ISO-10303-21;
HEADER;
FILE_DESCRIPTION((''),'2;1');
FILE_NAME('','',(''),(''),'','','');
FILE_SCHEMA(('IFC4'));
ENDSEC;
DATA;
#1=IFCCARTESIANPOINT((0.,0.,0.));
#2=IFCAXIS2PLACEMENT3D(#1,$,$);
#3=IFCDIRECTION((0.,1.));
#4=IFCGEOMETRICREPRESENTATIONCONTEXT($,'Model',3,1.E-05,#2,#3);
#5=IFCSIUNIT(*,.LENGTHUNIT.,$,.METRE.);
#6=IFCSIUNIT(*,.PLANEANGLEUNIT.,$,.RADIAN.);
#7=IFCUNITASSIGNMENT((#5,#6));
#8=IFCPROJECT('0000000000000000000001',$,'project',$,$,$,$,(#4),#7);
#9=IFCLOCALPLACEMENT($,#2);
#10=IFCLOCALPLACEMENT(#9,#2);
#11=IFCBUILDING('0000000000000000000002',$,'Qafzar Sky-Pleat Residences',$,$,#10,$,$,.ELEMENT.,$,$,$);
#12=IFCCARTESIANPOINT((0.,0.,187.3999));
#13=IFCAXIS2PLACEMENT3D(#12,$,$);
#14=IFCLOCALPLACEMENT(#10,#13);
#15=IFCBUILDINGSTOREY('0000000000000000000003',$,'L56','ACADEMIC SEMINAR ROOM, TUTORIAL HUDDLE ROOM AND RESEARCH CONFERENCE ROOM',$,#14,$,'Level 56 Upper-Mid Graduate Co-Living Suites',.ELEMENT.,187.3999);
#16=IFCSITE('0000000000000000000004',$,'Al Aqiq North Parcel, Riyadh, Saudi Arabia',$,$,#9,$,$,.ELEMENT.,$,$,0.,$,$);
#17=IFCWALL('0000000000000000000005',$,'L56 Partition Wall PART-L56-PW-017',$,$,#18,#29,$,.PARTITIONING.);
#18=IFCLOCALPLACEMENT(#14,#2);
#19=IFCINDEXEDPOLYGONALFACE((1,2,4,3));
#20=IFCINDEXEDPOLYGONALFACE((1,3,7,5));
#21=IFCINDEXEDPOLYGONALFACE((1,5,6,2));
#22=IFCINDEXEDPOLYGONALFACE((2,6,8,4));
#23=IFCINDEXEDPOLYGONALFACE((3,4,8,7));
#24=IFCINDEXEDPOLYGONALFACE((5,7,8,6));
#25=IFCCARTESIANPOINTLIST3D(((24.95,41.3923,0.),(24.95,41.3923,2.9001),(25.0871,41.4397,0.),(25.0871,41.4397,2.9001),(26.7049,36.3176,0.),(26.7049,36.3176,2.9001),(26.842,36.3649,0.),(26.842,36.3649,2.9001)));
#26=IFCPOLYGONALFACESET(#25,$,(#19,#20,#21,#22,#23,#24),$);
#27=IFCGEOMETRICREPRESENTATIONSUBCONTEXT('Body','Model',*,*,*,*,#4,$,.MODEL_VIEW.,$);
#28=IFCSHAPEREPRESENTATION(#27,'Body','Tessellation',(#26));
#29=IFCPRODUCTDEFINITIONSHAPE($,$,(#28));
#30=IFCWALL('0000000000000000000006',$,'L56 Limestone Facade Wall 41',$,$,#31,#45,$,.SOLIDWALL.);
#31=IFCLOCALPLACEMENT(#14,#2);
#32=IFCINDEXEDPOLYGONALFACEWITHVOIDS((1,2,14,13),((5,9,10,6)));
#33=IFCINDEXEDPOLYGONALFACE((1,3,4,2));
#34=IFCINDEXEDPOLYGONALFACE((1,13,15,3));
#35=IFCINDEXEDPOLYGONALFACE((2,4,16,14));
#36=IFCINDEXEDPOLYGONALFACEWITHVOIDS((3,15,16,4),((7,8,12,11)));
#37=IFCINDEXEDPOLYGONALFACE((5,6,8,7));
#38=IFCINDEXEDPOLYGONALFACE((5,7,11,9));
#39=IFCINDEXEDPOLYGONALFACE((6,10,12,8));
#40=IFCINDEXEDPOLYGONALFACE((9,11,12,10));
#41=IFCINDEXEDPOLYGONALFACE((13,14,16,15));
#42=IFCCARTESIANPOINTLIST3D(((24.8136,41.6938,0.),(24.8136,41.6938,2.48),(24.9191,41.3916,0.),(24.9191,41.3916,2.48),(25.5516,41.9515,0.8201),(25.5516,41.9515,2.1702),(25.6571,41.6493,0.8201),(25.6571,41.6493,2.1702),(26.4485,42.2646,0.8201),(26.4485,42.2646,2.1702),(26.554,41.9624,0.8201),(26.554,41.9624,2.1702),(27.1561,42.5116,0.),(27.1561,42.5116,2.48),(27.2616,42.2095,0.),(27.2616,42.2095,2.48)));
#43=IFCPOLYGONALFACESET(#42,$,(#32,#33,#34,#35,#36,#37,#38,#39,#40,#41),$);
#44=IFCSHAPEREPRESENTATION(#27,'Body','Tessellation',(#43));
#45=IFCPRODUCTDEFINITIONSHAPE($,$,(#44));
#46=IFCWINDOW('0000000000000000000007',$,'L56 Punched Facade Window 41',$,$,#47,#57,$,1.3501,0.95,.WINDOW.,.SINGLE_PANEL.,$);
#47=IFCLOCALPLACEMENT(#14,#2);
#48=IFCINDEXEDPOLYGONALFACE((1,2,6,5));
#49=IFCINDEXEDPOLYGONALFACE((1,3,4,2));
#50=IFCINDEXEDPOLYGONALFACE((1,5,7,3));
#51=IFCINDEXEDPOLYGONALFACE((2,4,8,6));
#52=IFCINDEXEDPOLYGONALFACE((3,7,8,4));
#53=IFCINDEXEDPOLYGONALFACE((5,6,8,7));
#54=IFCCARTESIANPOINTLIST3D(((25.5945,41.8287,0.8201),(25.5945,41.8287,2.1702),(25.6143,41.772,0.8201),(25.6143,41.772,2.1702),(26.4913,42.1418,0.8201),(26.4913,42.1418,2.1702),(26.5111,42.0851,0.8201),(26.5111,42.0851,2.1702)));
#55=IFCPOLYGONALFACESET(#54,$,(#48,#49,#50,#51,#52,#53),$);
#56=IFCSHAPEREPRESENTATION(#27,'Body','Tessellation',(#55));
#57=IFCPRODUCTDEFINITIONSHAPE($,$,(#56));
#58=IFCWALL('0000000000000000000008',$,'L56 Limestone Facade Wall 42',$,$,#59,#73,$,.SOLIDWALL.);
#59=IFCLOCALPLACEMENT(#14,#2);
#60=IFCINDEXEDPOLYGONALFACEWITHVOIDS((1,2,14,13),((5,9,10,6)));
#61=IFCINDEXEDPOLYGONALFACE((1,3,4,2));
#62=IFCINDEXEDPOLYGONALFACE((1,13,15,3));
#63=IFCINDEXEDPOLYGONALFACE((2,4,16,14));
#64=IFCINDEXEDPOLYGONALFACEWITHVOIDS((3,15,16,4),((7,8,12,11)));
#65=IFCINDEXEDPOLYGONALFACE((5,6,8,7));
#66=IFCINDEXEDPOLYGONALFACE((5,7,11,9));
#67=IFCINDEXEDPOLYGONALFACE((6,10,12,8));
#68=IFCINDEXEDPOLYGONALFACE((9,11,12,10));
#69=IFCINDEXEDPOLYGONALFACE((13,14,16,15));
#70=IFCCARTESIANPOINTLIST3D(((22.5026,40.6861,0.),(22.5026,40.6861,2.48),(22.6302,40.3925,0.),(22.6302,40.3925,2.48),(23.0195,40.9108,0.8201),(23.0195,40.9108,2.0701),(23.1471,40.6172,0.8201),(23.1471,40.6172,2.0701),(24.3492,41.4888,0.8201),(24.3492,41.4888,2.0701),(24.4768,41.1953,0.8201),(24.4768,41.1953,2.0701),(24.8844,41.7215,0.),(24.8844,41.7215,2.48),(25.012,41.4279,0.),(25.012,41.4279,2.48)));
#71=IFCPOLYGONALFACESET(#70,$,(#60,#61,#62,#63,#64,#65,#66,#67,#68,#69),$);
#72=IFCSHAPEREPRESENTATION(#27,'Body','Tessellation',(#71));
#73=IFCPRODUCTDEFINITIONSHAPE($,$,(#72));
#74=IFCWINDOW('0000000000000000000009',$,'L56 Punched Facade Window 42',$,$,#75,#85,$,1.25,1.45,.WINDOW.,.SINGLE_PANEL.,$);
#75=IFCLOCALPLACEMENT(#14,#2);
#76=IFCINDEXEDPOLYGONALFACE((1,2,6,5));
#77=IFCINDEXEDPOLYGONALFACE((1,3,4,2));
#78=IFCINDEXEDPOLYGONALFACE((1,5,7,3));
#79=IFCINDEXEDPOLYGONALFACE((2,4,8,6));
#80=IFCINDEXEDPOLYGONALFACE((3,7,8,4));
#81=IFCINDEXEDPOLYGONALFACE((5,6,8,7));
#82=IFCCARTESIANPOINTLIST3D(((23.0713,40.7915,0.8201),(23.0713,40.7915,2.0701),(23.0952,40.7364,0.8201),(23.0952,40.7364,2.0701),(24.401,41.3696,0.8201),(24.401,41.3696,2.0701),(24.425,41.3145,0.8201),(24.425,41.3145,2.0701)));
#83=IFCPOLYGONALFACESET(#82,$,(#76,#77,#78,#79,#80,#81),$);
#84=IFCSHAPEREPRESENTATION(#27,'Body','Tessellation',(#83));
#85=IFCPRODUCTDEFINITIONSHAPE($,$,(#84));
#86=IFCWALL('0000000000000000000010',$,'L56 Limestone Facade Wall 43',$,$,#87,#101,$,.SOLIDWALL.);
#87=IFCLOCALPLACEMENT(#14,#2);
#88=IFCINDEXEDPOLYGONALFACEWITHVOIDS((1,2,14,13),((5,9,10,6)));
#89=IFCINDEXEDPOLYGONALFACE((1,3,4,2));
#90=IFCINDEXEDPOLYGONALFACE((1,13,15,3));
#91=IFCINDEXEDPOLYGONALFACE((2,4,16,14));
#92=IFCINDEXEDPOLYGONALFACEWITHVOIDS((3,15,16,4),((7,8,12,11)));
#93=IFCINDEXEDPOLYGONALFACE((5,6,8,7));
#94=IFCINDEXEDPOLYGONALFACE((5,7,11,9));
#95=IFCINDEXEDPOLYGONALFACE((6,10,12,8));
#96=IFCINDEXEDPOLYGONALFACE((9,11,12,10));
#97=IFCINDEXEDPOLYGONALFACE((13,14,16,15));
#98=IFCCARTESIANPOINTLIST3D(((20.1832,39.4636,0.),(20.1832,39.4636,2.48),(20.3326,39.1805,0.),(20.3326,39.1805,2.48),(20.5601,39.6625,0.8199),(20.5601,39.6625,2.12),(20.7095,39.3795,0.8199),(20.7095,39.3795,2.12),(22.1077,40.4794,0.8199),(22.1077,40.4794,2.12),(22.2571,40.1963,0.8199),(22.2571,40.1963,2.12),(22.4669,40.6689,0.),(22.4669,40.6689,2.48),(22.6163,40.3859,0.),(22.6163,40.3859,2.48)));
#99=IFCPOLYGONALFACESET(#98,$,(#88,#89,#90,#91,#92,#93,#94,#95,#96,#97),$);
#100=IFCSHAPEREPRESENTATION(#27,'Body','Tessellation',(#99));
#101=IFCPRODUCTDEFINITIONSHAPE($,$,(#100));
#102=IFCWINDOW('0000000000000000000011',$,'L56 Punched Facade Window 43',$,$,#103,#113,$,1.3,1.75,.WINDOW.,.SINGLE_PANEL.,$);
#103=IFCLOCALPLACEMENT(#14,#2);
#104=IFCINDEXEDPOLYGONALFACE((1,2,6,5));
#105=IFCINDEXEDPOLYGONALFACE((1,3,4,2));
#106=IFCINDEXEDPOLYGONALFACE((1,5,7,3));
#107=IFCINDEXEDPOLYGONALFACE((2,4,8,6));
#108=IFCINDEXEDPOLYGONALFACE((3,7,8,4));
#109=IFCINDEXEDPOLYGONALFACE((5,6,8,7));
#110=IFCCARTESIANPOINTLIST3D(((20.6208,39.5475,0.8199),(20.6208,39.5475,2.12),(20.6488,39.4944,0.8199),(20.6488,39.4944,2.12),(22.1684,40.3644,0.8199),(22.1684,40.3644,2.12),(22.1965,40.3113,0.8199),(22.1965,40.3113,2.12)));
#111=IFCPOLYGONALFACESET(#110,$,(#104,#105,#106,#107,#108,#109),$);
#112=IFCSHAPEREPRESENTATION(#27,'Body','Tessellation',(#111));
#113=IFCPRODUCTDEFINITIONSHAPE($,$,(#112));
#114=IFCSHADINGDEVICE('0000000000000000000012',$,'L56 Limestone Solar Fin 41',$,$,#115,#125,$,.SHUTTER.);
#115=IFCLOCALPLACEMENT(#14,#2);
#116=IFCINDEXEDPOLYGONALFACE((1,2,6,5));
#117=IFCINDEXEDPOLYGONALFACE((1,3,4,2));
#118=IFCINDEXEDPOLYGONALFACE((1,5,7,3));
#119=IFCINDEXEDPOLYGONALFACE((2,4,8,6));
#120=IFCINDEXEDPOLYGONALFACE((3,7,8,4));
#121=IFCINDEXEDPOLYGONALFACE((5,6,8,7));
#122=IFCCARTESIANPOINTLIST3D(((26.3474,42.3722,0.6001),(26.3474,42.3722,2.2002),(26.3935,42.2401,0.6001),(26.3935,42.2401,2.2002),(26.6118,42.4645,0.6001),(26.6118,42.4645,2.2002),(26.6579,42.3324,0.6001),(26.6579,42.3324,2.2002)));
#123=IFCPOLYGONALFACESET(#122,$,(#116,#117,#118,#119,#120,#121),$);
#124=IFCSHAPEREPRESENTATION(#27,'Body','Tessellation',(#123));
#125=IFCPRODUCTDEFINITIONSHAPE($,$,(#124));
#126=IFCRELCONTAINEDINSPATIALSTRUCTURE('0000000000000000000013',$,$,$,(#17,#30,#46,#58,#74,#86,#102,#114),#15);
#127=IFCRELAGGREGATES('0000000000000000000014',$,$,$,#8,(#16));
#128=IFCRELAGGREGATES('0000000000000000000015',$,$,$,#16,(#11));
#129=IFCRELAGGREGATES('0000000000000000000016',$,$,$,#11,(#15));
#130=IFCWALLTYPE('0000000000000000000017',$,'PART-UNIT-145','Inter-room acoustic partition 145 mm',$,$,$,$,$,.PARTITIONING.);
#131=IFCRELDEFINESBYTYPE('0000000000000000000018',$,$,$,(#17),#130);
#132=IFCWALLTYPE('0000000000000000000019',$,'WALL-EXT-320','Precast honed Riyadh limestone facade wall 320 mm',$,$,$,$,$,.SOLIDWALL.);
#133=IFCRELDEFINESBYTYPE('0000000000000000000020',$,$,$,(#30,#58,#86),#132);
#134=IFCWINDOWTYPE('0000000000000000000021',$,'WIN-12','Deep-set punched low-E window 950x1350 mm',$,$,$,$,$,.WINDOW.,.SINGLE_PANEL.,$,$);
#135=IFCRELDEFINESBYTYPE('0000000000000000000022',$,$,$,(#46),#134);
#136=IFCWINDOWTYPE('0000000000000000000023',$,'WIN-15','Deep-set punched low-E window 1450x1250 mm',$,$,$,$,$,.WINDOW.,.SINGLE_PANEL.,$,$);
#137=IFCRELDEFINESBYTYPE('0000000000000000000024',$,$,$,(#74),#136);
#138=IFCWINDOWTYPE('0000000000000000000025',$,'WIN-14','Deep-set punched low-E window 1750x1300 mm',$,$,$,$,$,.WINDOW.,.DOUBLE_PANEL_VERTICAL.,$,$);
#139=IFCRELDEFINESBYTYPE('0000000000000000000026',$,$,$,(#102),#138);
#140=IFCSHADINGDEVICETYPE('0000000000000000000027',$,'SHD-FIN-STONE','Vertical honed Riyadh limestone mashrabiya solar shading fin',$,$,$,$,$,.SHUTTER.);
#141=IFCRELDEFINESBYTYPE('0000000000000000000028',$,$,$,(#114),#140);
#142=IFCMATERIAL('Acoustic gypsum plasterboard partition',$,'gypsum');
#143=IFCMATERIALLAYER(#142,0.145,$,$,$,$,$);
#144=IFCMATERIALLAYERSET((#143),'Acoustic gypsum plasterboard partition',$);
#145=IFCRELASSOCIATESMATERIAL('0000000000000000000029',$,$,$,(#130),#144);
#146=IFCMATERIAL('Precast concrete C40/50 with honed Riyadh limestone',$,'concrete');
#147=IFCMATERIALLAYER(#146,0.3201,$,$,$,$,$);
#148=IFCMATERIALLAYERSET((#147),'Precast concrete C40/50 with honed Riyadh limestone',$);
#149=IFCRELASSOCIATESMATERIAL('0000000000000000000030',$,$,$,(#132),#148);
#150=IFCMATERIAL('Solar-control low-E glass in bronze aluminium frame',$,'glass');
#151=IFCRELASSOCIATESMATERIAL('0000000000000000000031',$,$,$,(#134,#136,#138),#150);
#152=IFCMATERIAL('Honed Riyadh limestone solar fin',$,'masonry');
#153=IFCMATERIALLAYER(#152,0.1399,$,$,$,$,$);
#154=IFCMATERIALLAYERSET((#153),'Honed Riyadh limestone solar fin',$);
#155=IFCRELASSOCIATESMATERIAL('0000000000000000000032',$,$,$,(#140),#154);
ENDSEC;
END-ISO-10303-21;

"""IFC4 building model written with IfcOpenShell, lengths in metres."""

from ifc_helpers import new_model, si_unit, direction, frame, frame_2d, origin, origin_2d, place, context, subcontext, project, spatial, rectangle, extrude, source, transform, mapped, material, layer, layer_set, type_object, element, fill, save


model = new_model("IFC4")

# Units and contexts
model_context = context("Model", 3, precision=1e-05, world=origin(), true_north=direction((0.0, 1.0)))
body_context = subcontext(model_context, "Body", "Model", "MODEL_VIEW")
ifc_project = project(units=[si_unit("LENGTHUNIT", "METRE"), si_unit("PLANEANGLEUNIT", "RADIAN")], contexts=[model_context])

# Site, building, storey
site_placement = place(None, origin())
site = spatial("IfcSite", under=ifc_project, at=site_placement, Name="Al Aqiq North Parcel, Riyadh, Saudi Arabia", CompositionType="ELEMENT", RefElevation=0.0)
building_placement = place(site_placement, origin())
building = spatial("IfcBuilding", under=site, at=building_placement, Name="Qafzar Sky-Pleat Residences", CompositionType="ELEMENT")
storey_placement = place(building_placement, frame((0.0, 0.0, 187.3999)))
storey = spatial("IfcBuildingStorey", under=building, at=storey_placement, Name="L56", Description="ACADEMIC SEMINAR ROOM, TUTORIAL HUDDLE ROOM AND RESEARCH CONFERENCE ROOM", LongName="Level 56 Upper-Mid Graduate Co-Living Suites", CompositionType="ELEMENT", Elevation=187.3999)

# Wall
ifc_material_1 = material(Name="Acoustic gypsum plasterboard partition", Category="gypsum")
ifc_layer_1 = layer(ifc_material_1, 0.145)
ifc_layer_set_1 = layer_set([ifc_layer_1], Name="Acoustic gypsum plasterboard partition")
wall_type_1 = type_object("IfcWallType", Name="PART-UNIT-145", Description="Inter-room acoustic partition 145 mm", PredefinedType="PARTITIONING", material=ifc_layer_set_1)
wall_1_placement = place(storey_placement, frame((25.0186, 41.416, 0.0), z_axis=(0.0, 0.0, 1.0), x_axis=(0.32682, -0.945087, 0.0)))
element("IfcWall", 1, at=wall_1_placement, inside=storey, type_object=wall_type_1, Name="L56 Partition Wall PART-L56-PW-017", PredefinedType="PARTITIONING", context=body_context, shape_type="SweptSolid", body=[
    extrude(rectangle(XDim=5.3696, YDim=0.145, at=frame_2d((2.6848, 0.0))), origin(), (0.0, 0.0, 1.0), 2.9001),
])

# Walls, openings, windows
ifc_material_2 = material(Name="Precast concrete C40/50 with honed Riyadh limestone", Category="concrete")
ifc_layer_2 = layer(ifc_material_2, 0.3201)
ifc_layer_set_2 = layer_set([ifc_layer_2], Name="Precast concrete C40/50 with honed Riyadh limestone")
wall_type_2 = type_object("IfcWallType", Name="WALL-EXT-320", Description="Precast honed Riyadh limestone facade wall 320 mm", PredefinedType="SOLIDWALL", material=ifc_layer_set_2)
wall_2_placement = place(storey_placement, frame((27.209, 42.3606, 0.0), z_axis=(0.0, 0.0, 1.0), x_axis=(-0.944111, -0.329627, 0.0)))
wall_2 = element("IfcWall", 2, at=wall_2_placement, inside=storey, type_object=wall_type_2, Name="L56 Limestone Facade Wall 41", PredefinedType="SOLIDWALL", context=body_context, shape_type="SweptSolid", body=[
    extrude(rectangle(XDim=2.4812, YDim=0.3201, at=frame_2d((1.2407, 0.0))), origin(), (0.0, 0.0, 1.0), 2.48),
])
opening_1_placement = place(wall_2_placement, frame((0.7495, 0.0, 0.8201)))
opening_1 = element("IfcOpeningElement", 3, at=opening_1_placement, cuts=wall_2, PredefinedType="OPENING", context=body_context, shape_type="SweptSolid", body=[
    extrude(rectangle(XDim=0.95, YDim=1.3501, at=frame_2d((0.4751, 0.675))), frame((0.0, 0.1699, 0.0), z_axis=(0.0, -1.0, 0.0), x_axis=(1.0, 0.0, 0.0)), (0.0, 0.0, 1.0), 0.3401),
])
ifc_material_3 = material(Name="Solar-control low-E glass in bronze aluminium frame", Category="glass")
window_type_1 = type_object("IfcWindowType", Name="WIN-12", Description="Deep-set punched low-E window 950x1350 mm", PartitioningType="SINGLE_PANEL", PredefinedType="WINDOW", material=ifc_material_3)
shared_shape_1 = source(origin(), body_context, "Body", "SweptSolid", [
    extrude(rectangle(XDim=0.95, YDim=1.3501, at=frame_2d((0.4751, 0.675))), frame((0.0, 0.03, 0.0), z_axis=(0.0, -1.0, 0.0), x_axis=(1.0, 0.0, 0.0)), (0.0, 0.0, 1.0), 0.0601),
])
window_1_placement = place(opening_1_placement, origin())
window_1 = element("IfcWindow", 4, at=window_1_placement, inside=storey, type_object=window_type_1, Name="L56 Punched Facade Window 41", OverallHeight=1.3501, OverallWidth=0.95, PartitioningType="SINGLE_PANEL", PredefinedType="WINDOW", context=body_context, shape_type="MappedRepresentation", body=[
    mapped(shared_shape_1, transform((0.0, 0.0, 0.0), x_axis=(1.0, 0.0, 0.0), y_axis=(0.0, 1.0, 0.0), z_axis=(0.0, 0.0, 1.0), scale=1.0)),
])
fill(opening_1, window_1)
wall_3_placement = place(storey_placement, frame((24.9482, 41.5747, 0.0), z_axis=(0.0, 0.0, 1.0), x_axis=(-0.917095, -0.398668, 0.0)))
wall_3 = element("IfcWall", 5, at=wall_3_placement, inside=storey, type_object=wall_type_2, Name="L56 Limestone Facade Wall 42", PredefinedType="SOLIDWALL", context=body_context, shape_type="SweptSolid", body=[
    extrude(rectangle(XDim=2.5972, YDim=0.3201, at=frame_2d((1.2986, 0.0))), origin(), (0.0, 0.0, 1.0), 2.48),
])
opening_2_placement = place(wall_3_placement, frame((0.5835, 0.0, 0.8201)))
opening_2 = element("IfcOpeningElement", 6, at=opening_2_placement, cuts=wall_3, PredefinedType="OPENING", context=body_context, shape_type="SweptSolid", body=[
    extrude(rectangle(XDim=1.45, YDim=1.25, at=frame_2d((0.7251, 0.625))), frame((0.0, 0.1699, 0.0), z_axis=(0.0, -1.0, 0.0), x_axis=(1.0, 0.0, 0.0)), (0.0, 0.0, 1.0), 0.3401),
])
window_type_2 = type_object("IfcWindowType", Name="WIN-15", Description="Deep-set punched low-E window 1450x1250 mm", PartitioningType="SINGLE_PANEL", PredefinedType="WINDOW", material=ifc_material_3)
shared_shape_2 = source(origin(), body_context, "Body", "SweptSolid", [
    extrude(rectangle(XDim=1.45, YDim=1.25, at=frame_2d((0.7251, 0.625))), frame((0.0, 0.03, 0.0), z_axis=(0.0, -1.0, 0.0), x_axis=(1.0, 0.0, 0.0)), (0.0, 0.0, 1.0), 0.0601),
])
window_2_placement = place(opening_2_placement, origin())
window_2 = element("IfcWindow", 7, at=window_2_placement, inside=storey, type_object=window_type_2, Name="L56 Punched Facade Window 42", OverallHeight=1.25, OverallWidth=1.45, PartitioningType="SINGLE_PANEL", PredefinedType="WINDOW", context=body_context, shape_type="MappedRepresentation", body=[
    mapped(shared_shape_2, transform((0.0, 0.0, 0.0), x_axis=(1.0, 0.0, 0.0), y_axis=(0.0, 1.0, 0.0), z_axis=(0.0, 0.0, 1.0), scale=1.0)),
])
fill(opening_2, window_2)
wall_4_placement = place(storey_placement, frame((22.5415, 40.5273, 0.0), z_axis=(0.0, 0.0, 1.0), x_axis=(-0.884378, -0.466771, 0.0)))
wall_4 = element("IfcWall", 8, at=wall_4_placement, inside=storey, type_object=wall_type_2, Name="L56 Limestone Facade Wall 43", PredefinedType="SOLIDWALL", context=body_context, shape_type="SweptSolid", body=[
    extrude(rectangle(XDim=2.5823, YDim=0.3201, at=frame_2d((1.291, 0.0))), origin(), (0.0, 0.0, 1.0), 2.48),
])
opening_3_placement = place(wall_4_placement, frame((0.406, 0.0, 0.8201)))
opening_3 = element("IfcOpeningElement", 9, at=opening_3_placement, cuts=wall_4, PredefinedType="OPENING", context=body_context, shape_type="SweptSolid", body=[
    extrude(rectangle(XDim=1.75, YDim=1.3, at=frame_2d((0.875, 0.6499))), frame((0.0, 0.1699, 0.0), z_axis=(0.0, -1.0, 0.0), x_axis=(1.0, 0.0, 0.0)), (0.0, 0.0, 1.0), 0.3401),
])
window_type_3 = type_object("IfcWindowType", Name="WIN-14", Description="Deep-set punched low-E window 1750x1300 mm", PartitioningType="DOUBLE_PANEL_VERTICAL", PredefinedType="WINDOW", material=ifc_material_3)
shared_shape_3 = source(origin(), body_context, "Body", "SweptSolid", [
    extrude(rectangle(XDim=1.75, YDim=1.3, at=frame_2d((0.875, 0.6499))), frame((0.0, 0.03, 0.0), z_axis=(0.0, -1.0, 0.0), x_axis=(1.0, 0.0, 0.0)), (0.0, 0.0, 1.0), 0.0601),
])
window_3_placement = place(opening_3_placement, origin())
window_3 = element("IfcWindow", 10, at=window_3_placement, inside=storey, type_object=window_type_3, Name="L56 Punched Facade Window 43", OverallHeight=1.3, OverallWidth=1.75, PartitioningType="SINGLE_PANEL", PredefinedType="WINDOW", context=body_context, shape_type="MappedRepresentation", body=[
    mapped(shared_shape_3, transform((0.0, 0.0, 0.0), x_axis=(1.0, 0.0, 0.0), y_axis=(0.0, 1.0, 0.0), z_axis=(0.0, 0.0, 1.0), scale=1.0)),
])
fill(opening_3, window_3)

# Shading device
ifc_material_4 = material(Name="Honed Riyadh limestone solar fin", Category="masonry")
ifc_layer_3 = layer(ifc_material_4, 0.1399)
ifc_layer_set_3 = layer_set([ifc_layer_3], Name="Honed Riyadh limestone solar fin")
shading_device_type = type_object("IfcShadingDeviceType", Name="SHD-FIN-STONE", Description="Vertical honed Riyadh limestone mashrabiya solar shading fin", PredefinedType="SHUTTER", material=ifc_layer_set_3)
shared_shape_4 = source(origin(), body_context, "Body", "SweptSolid", [
    extrude(rectangle(XDim=0.1399, YDim=0.28, at=origin_2d()), origin(), (0.0, 0.0, 1.0), 1.6001),
])
shading_device_placement = place(storey_placement, frame((26.5027, 42.3523, 0.6001), z_axis=(0.0, 0.0, 1.0), x_axis=(-0.329527, 0.944146, 0.0)))
element("IfcShadingDevice", 11, at=shading_device_placement, inside=storey, type_object=shading_device_type, Name="L56 Limestone Solar Fin 41", PredefinedType="SHUTTER", context=body_context, shape_type="MappedRepresentation", body=[
    mapped(shared_shape_4, transform((0.0, 0.0, 0.0), x_axis=(1.0, 0.0, 0.0), y_axis=(0.0, 1.0, 0.0), z_axis=(0.0, 0.0, 1.0), scale=1.0)),
])

save(model, "model.ifc")
